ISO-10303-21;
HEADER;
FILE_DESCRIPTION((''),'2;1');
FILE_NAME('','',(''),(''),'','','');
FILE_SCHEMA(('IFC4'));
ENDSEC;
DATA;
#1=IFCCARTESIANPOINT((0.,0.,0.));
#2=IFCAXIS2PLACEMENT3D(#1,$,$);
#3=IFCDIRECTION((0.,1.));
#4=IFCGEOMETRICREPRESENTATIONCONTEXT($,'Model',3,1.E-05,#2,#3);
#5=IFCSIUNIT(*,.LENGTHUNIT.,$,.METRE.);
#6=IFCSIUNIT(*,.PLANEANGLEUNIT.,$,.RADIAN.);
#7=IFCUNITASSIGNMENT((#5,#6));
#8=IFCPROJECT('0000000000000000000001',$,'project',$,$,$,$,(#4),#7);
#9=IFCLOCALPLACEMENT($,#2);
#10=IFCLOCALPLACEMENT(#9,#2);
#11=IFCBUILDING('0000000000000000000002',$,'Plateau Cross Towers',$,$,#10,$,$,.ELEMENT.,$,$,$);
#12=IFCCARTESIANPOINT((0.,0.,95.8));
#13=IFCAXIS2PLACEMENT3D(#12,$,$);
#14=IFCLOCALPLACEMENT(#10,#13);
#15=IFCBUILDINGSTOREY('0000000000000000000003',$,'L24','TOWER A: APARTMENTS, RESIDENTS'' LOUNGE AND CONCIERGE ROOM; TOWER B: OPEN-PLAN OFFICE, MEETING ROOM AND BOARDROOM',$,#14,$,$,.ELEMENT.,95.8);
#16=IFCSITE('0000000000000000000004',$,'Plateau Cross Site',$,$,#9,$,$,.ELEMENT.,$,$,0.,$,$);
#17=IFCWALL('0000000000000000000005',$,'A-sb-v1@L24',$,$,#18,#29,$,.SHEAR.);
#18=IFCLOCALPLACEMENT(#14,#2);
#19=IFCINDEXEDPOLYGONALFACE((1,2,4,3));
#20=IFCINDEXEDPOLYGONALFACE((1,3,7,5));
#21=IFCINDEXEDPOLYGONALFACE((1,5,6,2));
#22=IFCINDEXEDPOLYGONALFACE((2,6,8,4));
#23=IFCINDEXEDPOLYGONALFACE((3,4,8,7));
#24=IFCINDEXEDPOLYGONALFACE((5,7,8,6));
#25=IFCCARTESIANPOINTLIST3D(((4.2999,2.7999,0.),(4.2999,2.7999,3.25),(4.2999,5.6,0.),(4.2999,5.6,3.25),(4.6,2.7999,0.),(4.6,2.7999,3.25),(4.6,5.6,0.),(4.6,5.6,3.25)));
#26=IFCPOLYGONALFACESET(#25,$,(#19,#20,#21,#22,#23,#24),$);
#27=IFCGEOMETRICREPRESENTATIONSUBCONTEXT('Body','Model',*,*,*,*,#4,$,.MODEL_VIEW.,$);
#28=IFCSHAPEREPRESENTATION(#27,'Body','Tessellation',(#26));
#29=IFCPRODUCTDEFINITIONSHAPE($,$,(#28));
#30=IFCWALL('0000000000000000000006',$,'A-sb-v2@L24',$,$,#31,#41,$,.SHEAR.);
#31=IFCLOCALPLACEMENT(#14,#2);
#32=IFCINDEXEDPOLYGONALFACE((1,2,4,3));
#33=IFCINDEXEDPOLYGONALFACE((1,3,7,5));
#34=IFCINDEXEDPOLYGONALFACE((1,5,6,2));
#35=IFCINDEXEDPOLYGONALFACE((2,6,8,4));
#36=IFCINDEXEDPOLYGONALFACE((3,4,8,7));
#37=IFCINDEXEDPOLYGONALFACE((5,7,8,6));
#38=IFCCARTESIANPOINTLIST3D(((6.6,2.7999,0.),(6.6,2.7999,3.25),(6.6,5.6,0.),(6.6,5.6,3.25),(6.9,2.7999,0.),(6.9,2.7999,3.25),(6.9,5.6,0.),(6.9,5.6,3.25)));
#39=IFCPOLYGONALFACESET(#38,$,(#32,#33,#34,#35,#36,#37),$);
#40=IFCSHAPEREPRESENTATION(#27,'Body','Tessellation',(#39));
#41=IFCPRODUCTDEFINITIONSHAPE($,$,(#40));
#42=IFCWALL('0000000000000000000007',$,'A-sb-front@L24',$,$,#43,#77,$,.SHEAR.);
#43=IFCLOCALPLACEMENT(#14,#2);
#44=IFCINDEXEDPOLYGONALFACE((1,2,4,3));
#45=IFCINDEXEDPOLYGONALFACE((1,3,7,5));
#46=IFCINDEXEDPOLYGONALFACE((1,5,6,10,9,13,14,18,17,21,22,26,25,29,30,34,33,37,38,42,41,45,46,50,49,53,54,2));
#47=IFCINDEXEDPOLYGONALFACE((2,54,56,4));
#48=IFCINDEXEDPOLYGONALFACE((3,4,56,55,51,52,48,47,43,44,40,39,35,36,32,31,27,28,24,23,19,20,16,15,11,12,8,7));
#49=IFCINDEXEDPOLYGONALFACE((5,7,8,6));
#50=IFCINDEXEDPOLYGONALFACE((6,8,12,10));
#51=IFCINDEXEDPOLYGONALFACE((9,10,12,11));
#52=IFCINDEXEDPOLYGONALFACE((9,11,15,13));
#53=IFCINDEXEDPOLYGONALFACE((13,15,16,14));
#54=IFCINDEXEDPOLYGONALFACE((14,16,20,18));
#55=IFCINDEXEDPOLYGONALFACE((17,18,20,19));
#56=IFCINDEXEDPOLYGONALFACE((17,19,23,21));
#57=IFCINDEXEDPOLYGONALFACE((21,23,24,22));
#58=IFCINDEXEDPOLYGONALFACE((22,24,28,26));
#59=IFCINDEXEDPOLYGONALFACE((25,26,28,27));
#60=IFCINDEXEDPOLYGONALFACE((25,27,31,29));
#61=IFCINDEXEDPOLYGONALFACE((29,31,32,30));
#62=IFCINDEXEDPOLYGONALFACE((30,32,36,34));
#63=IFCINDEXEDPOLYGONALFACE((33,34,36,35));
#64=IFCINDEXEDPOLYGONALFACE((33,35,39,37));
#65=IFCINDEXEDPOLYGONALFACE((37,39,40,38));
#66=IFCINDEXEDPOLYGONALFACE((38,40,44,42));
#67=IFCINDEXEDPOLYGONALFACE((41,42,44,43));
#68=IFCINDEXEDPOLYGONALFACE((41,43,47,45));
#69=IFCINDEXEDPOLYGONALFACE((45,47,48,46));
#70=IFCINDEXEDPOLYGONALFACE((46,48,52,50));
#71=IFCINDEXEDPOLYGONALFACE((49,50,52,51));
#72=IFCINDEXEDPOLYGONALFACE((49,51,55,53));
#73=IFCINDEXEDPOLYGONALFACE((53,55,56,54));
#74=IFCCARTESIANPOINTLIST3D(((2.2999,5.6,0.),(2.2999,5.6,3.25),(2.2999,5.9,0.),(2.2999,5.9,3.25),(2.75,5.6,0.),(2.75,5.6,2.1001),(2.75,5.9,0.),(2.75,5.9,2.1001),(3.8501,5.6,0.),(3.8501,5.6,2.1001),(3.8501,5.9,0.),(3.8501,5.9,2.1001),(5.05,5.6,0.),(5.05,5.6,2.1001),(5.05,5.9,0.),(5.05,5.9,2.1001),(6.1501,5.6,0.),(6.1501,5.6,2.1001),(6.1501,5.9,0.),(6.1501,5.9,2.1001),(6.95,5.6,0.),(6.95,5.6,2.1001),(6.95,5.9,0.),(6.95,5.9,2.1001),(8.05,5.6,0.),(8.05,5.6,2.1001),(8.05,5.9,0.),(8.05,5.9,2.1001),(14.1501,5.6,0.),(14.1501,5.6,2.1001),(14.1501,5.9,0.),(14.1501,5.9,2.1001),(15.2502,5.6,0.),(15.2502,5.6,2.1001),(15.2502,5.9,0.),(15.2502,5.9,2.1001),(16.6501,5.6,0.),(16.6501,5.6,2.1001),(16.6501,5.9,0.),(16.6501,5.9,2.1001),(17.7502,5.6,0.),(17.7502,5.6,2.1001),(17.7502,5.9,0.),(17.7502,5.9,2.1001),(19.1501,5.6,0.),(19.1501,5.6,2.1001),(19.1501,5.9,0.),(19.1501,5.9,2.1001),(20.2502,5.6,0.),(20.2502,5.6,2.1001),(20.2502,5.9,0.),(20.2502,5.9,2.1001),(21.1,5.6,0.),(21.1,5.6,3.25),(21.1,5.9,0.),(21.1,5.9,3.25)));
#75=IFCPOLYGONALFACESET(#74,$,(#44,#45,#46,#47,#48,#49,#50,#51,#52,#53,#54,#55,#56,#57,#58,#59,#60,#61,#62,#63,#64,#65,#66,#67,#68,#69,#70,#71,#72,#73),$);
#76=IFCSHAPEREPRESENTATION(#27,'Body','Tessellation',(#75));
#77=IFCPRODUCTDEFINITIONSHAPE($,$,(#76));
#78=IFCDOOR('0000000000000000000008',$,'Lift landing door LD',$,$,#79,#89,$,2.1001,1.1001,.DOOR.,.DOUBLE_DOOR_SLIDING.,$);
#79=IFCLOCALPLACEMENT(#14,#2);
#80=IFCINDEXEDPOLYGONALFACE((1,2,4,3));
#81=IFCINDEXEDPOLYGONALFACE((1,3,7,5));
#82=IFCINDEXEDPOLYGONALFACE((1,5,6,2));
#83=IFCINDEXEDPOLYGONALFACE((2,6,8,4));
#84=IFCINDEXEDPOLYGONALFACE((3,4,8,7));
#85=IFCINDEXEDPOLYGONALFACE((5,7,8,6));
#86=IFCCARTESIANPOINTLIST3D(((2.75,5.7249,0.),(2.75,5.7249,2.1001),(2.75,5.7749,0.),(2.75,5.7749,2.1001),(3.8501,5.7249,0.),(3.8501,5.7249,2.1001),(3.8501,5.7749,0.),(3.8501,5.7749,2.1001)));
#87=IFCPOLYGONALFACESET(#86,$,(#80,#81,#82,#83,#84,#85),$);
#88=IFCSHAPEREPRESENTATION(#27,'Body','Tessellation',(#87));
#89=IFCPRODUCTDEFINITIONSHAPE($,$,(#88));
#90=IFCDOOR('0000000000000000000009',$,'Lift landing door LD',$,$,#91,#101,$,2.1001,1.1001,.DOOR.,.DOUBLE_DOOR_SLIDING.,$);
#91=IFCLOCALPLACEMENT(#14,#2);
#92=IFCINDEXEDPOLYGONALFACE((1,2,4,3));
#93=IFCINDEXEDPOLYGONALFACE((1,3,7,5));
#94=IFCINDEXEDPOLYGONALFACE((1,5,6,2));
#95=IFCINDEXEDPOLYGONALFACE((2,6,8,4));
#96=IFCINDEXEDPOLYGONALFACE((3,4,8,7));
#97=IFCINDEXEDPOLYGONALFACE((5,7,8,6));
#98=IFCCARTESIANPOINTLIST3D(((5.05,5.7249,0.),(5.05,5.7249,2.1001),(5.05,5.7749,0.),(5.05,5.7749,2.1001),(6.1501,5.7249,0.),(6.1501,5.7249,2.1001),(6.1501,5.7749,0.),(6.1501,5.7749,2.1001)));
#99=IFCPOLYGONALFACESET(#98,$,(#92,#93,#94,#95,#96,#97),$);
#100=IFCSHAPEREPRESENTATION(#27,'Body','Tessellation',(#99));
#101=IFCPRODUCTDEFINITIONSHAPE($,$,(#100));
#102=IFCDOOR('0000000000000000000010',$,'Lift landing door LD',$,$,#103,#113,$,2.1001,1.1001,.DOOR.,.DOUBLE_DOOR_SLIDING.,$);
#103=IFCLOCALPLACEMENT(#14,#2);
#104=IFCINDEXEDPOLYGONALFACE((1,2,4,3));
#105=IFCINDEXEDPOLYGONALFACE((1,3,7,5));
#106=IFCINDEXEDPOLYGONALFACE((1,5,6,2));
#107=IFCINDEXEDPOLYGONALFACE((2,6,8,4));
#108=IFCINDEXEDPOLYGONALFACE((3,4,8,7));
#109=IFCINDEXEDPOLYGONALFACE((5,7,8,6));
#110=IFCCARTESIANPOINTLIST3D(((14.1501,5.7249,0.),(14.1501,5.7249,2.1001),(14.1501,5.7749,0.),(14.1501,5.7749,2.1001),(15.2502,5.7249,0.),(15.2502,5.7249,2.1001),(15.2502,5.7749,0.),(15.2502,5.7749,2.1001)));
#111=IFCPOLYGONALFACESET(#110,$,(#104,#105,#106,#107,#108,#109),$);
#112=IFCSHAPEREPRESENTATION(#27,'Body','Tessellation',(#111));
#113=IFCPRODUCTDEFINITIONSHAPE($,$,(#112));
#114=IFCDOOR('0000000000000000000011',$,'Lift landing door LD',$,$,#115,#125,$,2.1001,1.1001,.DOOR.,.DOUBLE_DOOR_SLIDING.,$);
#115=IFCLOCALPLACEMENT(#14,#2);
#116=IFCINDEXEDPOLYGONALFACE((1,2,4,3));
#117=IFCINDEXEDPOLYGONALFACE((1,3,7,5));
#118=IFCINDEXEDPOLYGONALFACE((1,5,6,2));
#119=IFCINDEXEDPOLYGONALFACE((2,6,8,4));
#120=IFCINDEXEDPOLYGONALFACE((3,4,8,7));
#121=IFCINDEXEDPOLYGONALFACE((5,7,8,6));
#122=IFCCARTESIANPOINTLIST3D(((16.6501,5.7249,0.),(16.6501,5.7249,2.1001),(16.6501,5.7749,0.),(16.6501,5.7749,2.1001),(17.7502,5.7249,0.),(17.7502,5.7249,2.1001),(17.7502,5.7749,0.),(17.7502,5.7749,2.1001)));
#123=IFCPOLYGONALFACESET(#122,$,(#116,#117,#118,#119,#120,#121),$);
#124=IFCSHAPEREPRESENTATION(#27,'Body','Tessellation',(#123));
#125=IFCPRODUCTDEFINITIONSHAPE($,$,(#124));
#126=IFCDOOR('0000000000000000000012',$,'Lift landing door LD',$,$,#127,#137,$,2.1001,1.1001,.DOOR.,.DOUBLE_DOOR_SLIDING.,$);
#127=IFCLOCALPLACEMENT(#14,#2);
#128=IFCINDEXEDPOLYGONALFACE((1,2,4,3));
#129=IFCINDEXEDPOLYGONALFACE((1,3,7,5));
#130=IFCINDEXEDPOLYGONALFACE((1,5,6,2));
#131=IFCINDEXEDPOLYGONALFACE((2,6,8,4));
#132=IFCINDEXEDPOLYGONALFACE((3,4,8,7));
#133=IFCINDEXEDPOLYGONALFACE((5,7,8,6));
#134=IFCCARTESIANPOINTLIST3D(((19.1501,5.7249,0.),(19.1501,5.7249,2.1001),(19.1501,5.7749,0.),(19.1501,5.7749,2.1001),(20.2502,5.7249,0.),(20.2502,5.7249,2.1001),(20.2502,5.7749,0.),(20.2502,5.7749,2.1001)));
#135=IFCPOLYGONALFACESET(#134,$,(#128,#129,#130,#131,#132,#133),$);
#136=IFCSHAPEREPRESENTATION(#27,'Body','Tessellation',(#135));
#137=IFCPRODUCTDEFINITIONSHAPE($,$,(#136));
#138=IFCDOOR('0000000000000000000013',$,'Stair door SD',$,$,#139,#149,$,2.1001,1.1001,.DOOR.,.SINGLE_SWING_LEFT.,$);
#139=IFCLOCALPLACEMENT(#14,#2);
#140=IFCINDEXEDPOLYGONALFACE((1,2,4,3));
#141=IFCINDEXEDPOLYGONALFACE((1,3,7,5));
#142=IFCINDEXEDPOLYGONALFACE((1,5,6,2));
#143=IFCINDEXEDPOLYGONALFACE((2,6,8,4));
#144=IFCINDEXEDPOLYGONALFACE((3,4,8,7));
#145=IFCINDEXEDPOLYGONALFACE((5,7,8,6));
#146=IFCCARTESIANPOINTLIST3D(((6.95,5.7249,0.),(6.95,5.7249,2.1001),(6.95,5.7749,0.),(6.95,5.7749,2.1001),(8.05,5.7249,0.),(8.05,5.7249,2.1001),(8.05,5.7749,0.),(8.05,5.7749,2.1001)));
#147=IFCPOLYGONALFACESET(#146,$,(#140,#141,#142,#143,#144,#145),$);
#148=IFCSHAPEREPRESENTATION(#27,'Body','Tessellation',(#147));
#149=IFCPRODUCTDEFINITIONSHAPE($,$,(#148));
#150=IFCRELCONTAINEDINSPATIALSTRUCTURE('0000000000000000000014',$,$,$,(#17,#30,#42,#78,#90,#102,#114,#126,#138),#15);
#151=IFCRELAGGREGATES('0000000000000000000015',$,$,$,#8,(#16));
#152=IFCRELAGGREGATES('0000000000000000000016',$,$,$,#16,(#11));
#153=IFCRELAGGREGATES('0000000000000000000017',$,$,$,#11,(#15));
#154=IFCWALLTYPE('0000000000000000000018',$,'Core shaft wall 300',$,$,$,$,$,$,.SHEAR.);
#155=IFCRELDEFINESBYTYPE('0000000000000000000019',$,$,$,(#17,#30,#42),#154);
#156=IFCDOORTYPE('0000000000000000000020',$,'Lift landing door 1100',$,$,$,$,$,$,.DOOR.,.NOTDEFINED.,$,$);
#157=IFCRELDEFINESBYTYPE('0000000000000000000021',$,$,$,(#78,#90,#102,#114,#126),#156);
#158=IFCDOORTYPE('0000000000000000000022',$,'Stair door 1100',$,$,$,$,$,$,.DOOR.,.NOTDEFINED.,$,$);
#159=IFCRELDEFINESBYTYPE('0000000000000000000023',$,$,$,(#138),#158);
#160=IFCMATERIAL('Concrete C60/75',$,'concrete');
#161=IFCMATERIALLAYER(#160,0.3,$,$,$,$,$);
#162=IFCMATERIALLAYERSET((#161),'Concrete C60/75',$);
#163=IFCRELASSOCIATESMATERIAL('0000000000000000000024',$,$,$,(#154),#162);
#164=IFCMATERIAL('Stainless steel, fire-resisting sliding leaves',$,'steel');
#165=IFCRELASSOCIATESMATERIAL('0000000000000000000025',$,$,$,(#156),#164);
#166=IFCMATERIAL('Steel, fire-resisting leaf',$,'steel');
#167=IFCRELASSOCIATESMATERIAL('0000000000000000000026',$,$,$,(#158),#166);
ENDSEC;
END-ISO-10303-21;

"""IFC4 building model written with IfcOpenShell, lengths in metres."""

from ifc_helpers import new_model, si_unit, direction, frame, frame_2d, origin, place, context, subcontext, project, spatial, rectangle, extrude, material, layer, layer_set, type_object, element, fill, save


model = new_model("IFC4")

# Units and contexts
model_context = context("Model", 3, precision=1e-05, world=origin(), true_north=direction((0.0, 1.0)))
body_context = subcontext(model_context, "Body", "Model", "MODEL_VIEW")
ifc_project = project(units=[si_unit("LENGTHUNIT", "METRE"), si_unit("PLANEANGLEUNIT", "RADIAN")], contexts=[model_context])

# Site, building, storey
site_placement = place(None, origin())
site = spatial("IfcSite", under=ifc_project, at=site_placement, Name="Plateau Cross Site", CompositionType="ELEMENT", RefElevation=0.0)
building_placement = place(site_placement, origin())
building = spatial("IfcBuilding", under=site, at=building_placement, Name="Plateau Cross Towers", CompositionType="ELEMENT")
storey_placement = place(building_placement, frame((0.0, 0.0, 95.8)))
storey = spatial("IfcBuildingStorey", under=building, at=storey_placement, Name="L24", Description="TOWER A: APARTMENTS, RESIDENTS' LOUNGE AND CONCIERGE ROOM; TOWER B: OPEN-PLAN OFFICE, MEETING ROOM AND BOARDROOM", CompositionType="ELEMENT", Elevation=95.8)

# Shared definitions
ifc_material_1 = material(Name="Steel, fire-resisting leaf", Category="steel")

# Walls
ifc_material_2 = material(Name="Concrete C60/75", Category="concrete")
ifc_layer_1 = layer(ifc_material_2, 0.3)
ifc_layer_set_1 = layer_set([ifc_layer_1], Name="Concrete C60/75")
wall_type_1 = type_object("IfcWallType", Name="Core shaft wall 300", PredefinedType="SHEAR", material=ifc_layer_set_1)
for number, where, z_axis, x_axis, name in (
    (1, (4.45, 2.8, 0.0), (0.0, 0.0, 1.0), (0.0, 1.0, 0.0), "A-sb-v1@L24"),
    (2, (6.75, 2.8, 0.0), (0.0, 0.0, 1.0), (0.0, 1.0, 0.0), "A-sb-v2@L24"),
):
    element("IfcWall", number, at=place(storey_placement, frame(where, z_axis=z_axis, x_axis=x_axis)), inside=storey, type_object=wall_type_1, Name=name, PredefinedType="SHEAR", context=body_context, shape_type="SweptSolid", body=[
        extrude(rectangle(XDim=2.8, YDim=0.3, at=frame_2d((1.3999, 0.0))), origin(), (0.0, 0.0, 1.0), 3.25),
    ])

# Wall, openings, doors
wall_1_placement = place(storey_placement, frame((2.3, 5.75, 0.0), z_axis=(0.0, 0.0, 1.0), x_axis=(1.0, 0.0, 0.0)))
wall_1 = element("IfcWall", 3, at=wall_1_placement, inside=storey, type_object=wall_type_1, Name="A-sb-front@L24", PredefinedType="SHEAR", context=body_context, shape_type="SweptSolid", body=[
    extrude(rectangle(XDim=18.8, YDim=0.3, at=frame_2d((9.3999, 0.0))), origin(), (0.0, 0.0, 1.0), 3.25),
])
opening_1_placement = place(wall_1_placement, frame((4.6499, 0.0, 0.0)))
opening_1 = element("IfcOpeningElement", 4, at=opening_1_placement, cuts=wall_1, PredefinedType="OPENING", context=body_context, shape_type="SweptSolid", body=[
    extrude(rectangle(XDim=1.1001, YDim=2.1001, at=frame_2d((0.55, 1.05))), frame((0.0, 0.1599, 0.0), z_axis=(0.0, -1.0, 0.0), x_axis=(1.0, 0.0, 0.0)), (0.0, 0.0, 1.0), 0.3201),
])
opening_2_placement = place(wall_1_placement, frame((0.45, 0.0, 0.0)))
opening_2 = element("IfcOpeningElement", 5, at=opening_2_placement, cuts=wall_1, PredefinedType="OPENING", context=body_context, shape_type="SweptSolid", body=[
    extrude(rectangle(XDim=1.1001, YDim=2.1001, at=frame_2d((0.55, 1.05))), frame((0.0, 0.1599, 0.0), z_axis=(0.0, -1.0, 0.0), x_axis=(1.0, 0.0, 0.0)), (0.0, 0.0, 1.0), 0.3201),
])
opening_3_placement = place(wall_1_placement, frame((2.75, 0.0, 0.0)))
opening_3 = element("IfcOpeningElement", 6, at=opening_3_placement, cuts=wall_1, PredefinedType="OPENING", context=body_context, shape_type="SweptSolid", body=[
    extrude(rectangle(XDim=1.1001, YDim=2.1001, at=frame_2d((0.55, 1.05))), frame((0.0, 0.1599, 0.0), z_axis=(0.0, -1.0, 0.0), x_axis=(1.0, 0.0, 0.0)), (0.0, 0.0, 1.0), 0.3201),
])
opening_4_placement = place(wall_1_placement, frame((11.8501, 0.0, 0.0)))
opening_4 = element("IfcOpeningElement", 7, at=opening_4_placement, cuts=wall_1, PredefinedType="OPENING", context=body_context, shape_type="SweptSolid", body=[
    extrude(rectangle(XDim=1.1001, YDim=2.1001, at=frame_2d((0.55, 1.05))), frame((0.0, 0.1599, 0.0), z_axis=(0.0, -1.0, 0.0), x_axis=(1.0, 0.0, 0.0)), (0.0, 0.0, 1.0), 0.3201),
])
opening_5_placement = place(wall_1_placement, frame((14.3501, 0.0, 0.0)))
opening_5 = element("IfcOpeningElement", 8, at=opening_5_placement, cuts=wall_1, PredefinedType="OPENING", context=body_context, shape_type="SweptSolid", body=[
    extrude(rectangle(XDim=1.1001, YDim=2.1001, at=frame_2d((0.55, 1.05))), frame((0.0, 0.1599, 0.0), z_axis=(0.0, -1.0, 0.0), x_axis=(1.0, 0.0, 0.0)), (0.0, 0.0, 1.0), 0.3201),
])
opening_6_placement = place(wall_1_placement, frame((16.8501, 0.0, 0.0)))
opening_6 = element("IfcOpeningElement", 9, at=opening_6_placement, cuts=wall_1, PredefinedType="OPENING", context=body_context, shape_type="SweptSolid", body=[
    extrude(rectangle(XDim=1.1001, YDim=2.1001, at=frame_2d((0.55, 1.05))), frame((0.0, 0.1599, 0.0), z_axis=(0.0, -1.0, 0.0), x_axis=(1.0, 0.0, 0.0)), (0.0, 0.0, 1.0), 0.3201),
])
ifc_material_3 = material(Name="Stainless steel, fire-resisting sliding leaves", Category="steel")
door_type_1 = type_object("IfcDoorType", Name="Lift landing door 1100", OperationType="NOTDEFINED", PredefinedType="DOOR", material=ifc_material_3)
door_1_placement = place(opening_2_placement, origin())
door_1 = element("IfcDoor", 10, at=door_1_placement, inside=storey, type_object=door_type_1, Name="Lift landing door LD", OperationType="DOUBLE_DOOR_SLIDING", OverallHeight=2.1001, OverallWidth=1.1001, PredefinedType="DOOR", context=body_context, shape_type="SweptSolid", body=[
    extrude(rectangle(XDim=1.1001, YDim=2.1001, at=frame_2d((0.55, 1.05))), frame((0.0, 0.0249, 0.0), z_axis=(0.0, -1.0, 0.0), x_axis=(1.0, 0.0, 0.0)), (0.0, 0.0, 1.0), 0.05),
])
fill(opening_2, door_1)
door_2_placement = place(opening_3_placement, origin())
door_2 = element("IfcDoor", 11, at=door_2_placement, inside=storey, type_object=door_type_1, Name="Lift landing door LD", OperationType="DOUBLE_DOOR_SLIDING", OverallHeight=2.1001, OverallWidth=1.1001, PredefinedType="DOOR", context=body_context, shape_type="SweptSolid", body=[
    extrude(rectangle(XDim=1.1001, YDim=2.1001, at=frame_2d((0.55, 1.05))), frame((0.0, 0.0249, 0.0), z_axis=(0.0, -1.0, 0.0), x_axis=(1.0, 0.0, 0.0)), (0.0, 0.0, 1.0), 0.05),
])
fill(opening_3, door_2)
door_3_placement = place(opening_4_placement, origin())
door_3 = element("IfcDoor", 12, at=door_3_placement, inside=storey, type_object=door_type_1, Name="Lift landing door LD", OperationType="DOUBLE_DOOR_SLIDING", OverallHeight=2.1001, OverallWidth=1.1001, PredefinedType="DOOR", context=body_context, shape_type="SweptSolid", body=[
    extrude(rectangle(XDim=1.1001, YDim=2.1001, at=frame_2d((0.55, 1.05))), frame((0.0, 0.0249, 0.0), z_axis=(0.0, -1.0, 0.0), x_axis=(1.0, 0.0, 0.0)), (0.0, 0.0, 1.0), 0.05),
])
fill(opening_4, door_3)
door_4_placement = place(opening_5_placement, origin())
door_4 = element("IfcDoor", 13, at=door_4_placement, inside=storey, type_object=door_type_1, Name="Lift landing door LD", OperationType="DOUBLE_DOOR_SLIDING", OverallHeight=2.1001, OverallWidth=1.1001, PredefinedType="DOOR", context=body_context, shape_type="SweptSolid", body=[
    extrude(rectangle(XDim=1.1001, YDim=2.1001, at=frame_2d((0.55, 1.05))), frame((0.0, 0.0249, 0.0), z_axis=(0.0, -1.0, 0.0), x_axis=(1.0, 0.0, 0.0)), (0.0, 0.0, 1.0), 0.05),
])
fill(opening_5, door_4)
door_5_placement = place(opening_6_placement, origin())
door_5 = element("IfcDoor", 14, at=door_5_placement, inside=storey, type_object=door_type_1, Name="Lift landing door LD", OperationType="DOUBLE_DOOR_SLIDING", OverallHeight=2.1001, OverallWidth=1.1001, PredefinedType="DOOR", context=body_context, shape_type="SweptSolid", body=[
    extrude(rectangle(XDim=1.1001, YDim=2.1001, at=frame_2d((0.55, 1.05))), frame((0.0, 0.0249, 0.0), z_axis=(0.0, -1.0, 0.0), x_axis=(1.0, 0.0, 0.0)), (0.0, 0.0, 1.0), 0.05),
])
fill(opening_6, door_5)
door_type_2 = type_object("IfcDoorType", Name="Stair door 1100", OperationType="NOTDEFINED", PredefinedType="DOOR", material=ifc_material_1)
door_6_placement = place(opening_1_placement, origin())
door_6 = element("IfcDoor", 15, at=door_6_placement, inside=storey, type_object=door_type_2, Name="Stair door SD", OperationType="SINGLE_SWING_LEFT", OverallHeight=2.1001, OverallWidth=1.1001, PredefinedType="DOOR", context=body_context, shape_type="SweptSolid", body=[
    extrude(rectangle(XDim=1.1001, YDim=2.1001, at=frame_2d((0.55, 1.05))), frame((0.0, 0.0249, 0.0), z_axis=(0.0, -1.0, 0.0), x_axis=(1.0, 0.0, 0.0)), (0.0, 0.0, 1.0), 0.05),
])
fill(opening_1, door_6)

save(model, "model.ifc")
